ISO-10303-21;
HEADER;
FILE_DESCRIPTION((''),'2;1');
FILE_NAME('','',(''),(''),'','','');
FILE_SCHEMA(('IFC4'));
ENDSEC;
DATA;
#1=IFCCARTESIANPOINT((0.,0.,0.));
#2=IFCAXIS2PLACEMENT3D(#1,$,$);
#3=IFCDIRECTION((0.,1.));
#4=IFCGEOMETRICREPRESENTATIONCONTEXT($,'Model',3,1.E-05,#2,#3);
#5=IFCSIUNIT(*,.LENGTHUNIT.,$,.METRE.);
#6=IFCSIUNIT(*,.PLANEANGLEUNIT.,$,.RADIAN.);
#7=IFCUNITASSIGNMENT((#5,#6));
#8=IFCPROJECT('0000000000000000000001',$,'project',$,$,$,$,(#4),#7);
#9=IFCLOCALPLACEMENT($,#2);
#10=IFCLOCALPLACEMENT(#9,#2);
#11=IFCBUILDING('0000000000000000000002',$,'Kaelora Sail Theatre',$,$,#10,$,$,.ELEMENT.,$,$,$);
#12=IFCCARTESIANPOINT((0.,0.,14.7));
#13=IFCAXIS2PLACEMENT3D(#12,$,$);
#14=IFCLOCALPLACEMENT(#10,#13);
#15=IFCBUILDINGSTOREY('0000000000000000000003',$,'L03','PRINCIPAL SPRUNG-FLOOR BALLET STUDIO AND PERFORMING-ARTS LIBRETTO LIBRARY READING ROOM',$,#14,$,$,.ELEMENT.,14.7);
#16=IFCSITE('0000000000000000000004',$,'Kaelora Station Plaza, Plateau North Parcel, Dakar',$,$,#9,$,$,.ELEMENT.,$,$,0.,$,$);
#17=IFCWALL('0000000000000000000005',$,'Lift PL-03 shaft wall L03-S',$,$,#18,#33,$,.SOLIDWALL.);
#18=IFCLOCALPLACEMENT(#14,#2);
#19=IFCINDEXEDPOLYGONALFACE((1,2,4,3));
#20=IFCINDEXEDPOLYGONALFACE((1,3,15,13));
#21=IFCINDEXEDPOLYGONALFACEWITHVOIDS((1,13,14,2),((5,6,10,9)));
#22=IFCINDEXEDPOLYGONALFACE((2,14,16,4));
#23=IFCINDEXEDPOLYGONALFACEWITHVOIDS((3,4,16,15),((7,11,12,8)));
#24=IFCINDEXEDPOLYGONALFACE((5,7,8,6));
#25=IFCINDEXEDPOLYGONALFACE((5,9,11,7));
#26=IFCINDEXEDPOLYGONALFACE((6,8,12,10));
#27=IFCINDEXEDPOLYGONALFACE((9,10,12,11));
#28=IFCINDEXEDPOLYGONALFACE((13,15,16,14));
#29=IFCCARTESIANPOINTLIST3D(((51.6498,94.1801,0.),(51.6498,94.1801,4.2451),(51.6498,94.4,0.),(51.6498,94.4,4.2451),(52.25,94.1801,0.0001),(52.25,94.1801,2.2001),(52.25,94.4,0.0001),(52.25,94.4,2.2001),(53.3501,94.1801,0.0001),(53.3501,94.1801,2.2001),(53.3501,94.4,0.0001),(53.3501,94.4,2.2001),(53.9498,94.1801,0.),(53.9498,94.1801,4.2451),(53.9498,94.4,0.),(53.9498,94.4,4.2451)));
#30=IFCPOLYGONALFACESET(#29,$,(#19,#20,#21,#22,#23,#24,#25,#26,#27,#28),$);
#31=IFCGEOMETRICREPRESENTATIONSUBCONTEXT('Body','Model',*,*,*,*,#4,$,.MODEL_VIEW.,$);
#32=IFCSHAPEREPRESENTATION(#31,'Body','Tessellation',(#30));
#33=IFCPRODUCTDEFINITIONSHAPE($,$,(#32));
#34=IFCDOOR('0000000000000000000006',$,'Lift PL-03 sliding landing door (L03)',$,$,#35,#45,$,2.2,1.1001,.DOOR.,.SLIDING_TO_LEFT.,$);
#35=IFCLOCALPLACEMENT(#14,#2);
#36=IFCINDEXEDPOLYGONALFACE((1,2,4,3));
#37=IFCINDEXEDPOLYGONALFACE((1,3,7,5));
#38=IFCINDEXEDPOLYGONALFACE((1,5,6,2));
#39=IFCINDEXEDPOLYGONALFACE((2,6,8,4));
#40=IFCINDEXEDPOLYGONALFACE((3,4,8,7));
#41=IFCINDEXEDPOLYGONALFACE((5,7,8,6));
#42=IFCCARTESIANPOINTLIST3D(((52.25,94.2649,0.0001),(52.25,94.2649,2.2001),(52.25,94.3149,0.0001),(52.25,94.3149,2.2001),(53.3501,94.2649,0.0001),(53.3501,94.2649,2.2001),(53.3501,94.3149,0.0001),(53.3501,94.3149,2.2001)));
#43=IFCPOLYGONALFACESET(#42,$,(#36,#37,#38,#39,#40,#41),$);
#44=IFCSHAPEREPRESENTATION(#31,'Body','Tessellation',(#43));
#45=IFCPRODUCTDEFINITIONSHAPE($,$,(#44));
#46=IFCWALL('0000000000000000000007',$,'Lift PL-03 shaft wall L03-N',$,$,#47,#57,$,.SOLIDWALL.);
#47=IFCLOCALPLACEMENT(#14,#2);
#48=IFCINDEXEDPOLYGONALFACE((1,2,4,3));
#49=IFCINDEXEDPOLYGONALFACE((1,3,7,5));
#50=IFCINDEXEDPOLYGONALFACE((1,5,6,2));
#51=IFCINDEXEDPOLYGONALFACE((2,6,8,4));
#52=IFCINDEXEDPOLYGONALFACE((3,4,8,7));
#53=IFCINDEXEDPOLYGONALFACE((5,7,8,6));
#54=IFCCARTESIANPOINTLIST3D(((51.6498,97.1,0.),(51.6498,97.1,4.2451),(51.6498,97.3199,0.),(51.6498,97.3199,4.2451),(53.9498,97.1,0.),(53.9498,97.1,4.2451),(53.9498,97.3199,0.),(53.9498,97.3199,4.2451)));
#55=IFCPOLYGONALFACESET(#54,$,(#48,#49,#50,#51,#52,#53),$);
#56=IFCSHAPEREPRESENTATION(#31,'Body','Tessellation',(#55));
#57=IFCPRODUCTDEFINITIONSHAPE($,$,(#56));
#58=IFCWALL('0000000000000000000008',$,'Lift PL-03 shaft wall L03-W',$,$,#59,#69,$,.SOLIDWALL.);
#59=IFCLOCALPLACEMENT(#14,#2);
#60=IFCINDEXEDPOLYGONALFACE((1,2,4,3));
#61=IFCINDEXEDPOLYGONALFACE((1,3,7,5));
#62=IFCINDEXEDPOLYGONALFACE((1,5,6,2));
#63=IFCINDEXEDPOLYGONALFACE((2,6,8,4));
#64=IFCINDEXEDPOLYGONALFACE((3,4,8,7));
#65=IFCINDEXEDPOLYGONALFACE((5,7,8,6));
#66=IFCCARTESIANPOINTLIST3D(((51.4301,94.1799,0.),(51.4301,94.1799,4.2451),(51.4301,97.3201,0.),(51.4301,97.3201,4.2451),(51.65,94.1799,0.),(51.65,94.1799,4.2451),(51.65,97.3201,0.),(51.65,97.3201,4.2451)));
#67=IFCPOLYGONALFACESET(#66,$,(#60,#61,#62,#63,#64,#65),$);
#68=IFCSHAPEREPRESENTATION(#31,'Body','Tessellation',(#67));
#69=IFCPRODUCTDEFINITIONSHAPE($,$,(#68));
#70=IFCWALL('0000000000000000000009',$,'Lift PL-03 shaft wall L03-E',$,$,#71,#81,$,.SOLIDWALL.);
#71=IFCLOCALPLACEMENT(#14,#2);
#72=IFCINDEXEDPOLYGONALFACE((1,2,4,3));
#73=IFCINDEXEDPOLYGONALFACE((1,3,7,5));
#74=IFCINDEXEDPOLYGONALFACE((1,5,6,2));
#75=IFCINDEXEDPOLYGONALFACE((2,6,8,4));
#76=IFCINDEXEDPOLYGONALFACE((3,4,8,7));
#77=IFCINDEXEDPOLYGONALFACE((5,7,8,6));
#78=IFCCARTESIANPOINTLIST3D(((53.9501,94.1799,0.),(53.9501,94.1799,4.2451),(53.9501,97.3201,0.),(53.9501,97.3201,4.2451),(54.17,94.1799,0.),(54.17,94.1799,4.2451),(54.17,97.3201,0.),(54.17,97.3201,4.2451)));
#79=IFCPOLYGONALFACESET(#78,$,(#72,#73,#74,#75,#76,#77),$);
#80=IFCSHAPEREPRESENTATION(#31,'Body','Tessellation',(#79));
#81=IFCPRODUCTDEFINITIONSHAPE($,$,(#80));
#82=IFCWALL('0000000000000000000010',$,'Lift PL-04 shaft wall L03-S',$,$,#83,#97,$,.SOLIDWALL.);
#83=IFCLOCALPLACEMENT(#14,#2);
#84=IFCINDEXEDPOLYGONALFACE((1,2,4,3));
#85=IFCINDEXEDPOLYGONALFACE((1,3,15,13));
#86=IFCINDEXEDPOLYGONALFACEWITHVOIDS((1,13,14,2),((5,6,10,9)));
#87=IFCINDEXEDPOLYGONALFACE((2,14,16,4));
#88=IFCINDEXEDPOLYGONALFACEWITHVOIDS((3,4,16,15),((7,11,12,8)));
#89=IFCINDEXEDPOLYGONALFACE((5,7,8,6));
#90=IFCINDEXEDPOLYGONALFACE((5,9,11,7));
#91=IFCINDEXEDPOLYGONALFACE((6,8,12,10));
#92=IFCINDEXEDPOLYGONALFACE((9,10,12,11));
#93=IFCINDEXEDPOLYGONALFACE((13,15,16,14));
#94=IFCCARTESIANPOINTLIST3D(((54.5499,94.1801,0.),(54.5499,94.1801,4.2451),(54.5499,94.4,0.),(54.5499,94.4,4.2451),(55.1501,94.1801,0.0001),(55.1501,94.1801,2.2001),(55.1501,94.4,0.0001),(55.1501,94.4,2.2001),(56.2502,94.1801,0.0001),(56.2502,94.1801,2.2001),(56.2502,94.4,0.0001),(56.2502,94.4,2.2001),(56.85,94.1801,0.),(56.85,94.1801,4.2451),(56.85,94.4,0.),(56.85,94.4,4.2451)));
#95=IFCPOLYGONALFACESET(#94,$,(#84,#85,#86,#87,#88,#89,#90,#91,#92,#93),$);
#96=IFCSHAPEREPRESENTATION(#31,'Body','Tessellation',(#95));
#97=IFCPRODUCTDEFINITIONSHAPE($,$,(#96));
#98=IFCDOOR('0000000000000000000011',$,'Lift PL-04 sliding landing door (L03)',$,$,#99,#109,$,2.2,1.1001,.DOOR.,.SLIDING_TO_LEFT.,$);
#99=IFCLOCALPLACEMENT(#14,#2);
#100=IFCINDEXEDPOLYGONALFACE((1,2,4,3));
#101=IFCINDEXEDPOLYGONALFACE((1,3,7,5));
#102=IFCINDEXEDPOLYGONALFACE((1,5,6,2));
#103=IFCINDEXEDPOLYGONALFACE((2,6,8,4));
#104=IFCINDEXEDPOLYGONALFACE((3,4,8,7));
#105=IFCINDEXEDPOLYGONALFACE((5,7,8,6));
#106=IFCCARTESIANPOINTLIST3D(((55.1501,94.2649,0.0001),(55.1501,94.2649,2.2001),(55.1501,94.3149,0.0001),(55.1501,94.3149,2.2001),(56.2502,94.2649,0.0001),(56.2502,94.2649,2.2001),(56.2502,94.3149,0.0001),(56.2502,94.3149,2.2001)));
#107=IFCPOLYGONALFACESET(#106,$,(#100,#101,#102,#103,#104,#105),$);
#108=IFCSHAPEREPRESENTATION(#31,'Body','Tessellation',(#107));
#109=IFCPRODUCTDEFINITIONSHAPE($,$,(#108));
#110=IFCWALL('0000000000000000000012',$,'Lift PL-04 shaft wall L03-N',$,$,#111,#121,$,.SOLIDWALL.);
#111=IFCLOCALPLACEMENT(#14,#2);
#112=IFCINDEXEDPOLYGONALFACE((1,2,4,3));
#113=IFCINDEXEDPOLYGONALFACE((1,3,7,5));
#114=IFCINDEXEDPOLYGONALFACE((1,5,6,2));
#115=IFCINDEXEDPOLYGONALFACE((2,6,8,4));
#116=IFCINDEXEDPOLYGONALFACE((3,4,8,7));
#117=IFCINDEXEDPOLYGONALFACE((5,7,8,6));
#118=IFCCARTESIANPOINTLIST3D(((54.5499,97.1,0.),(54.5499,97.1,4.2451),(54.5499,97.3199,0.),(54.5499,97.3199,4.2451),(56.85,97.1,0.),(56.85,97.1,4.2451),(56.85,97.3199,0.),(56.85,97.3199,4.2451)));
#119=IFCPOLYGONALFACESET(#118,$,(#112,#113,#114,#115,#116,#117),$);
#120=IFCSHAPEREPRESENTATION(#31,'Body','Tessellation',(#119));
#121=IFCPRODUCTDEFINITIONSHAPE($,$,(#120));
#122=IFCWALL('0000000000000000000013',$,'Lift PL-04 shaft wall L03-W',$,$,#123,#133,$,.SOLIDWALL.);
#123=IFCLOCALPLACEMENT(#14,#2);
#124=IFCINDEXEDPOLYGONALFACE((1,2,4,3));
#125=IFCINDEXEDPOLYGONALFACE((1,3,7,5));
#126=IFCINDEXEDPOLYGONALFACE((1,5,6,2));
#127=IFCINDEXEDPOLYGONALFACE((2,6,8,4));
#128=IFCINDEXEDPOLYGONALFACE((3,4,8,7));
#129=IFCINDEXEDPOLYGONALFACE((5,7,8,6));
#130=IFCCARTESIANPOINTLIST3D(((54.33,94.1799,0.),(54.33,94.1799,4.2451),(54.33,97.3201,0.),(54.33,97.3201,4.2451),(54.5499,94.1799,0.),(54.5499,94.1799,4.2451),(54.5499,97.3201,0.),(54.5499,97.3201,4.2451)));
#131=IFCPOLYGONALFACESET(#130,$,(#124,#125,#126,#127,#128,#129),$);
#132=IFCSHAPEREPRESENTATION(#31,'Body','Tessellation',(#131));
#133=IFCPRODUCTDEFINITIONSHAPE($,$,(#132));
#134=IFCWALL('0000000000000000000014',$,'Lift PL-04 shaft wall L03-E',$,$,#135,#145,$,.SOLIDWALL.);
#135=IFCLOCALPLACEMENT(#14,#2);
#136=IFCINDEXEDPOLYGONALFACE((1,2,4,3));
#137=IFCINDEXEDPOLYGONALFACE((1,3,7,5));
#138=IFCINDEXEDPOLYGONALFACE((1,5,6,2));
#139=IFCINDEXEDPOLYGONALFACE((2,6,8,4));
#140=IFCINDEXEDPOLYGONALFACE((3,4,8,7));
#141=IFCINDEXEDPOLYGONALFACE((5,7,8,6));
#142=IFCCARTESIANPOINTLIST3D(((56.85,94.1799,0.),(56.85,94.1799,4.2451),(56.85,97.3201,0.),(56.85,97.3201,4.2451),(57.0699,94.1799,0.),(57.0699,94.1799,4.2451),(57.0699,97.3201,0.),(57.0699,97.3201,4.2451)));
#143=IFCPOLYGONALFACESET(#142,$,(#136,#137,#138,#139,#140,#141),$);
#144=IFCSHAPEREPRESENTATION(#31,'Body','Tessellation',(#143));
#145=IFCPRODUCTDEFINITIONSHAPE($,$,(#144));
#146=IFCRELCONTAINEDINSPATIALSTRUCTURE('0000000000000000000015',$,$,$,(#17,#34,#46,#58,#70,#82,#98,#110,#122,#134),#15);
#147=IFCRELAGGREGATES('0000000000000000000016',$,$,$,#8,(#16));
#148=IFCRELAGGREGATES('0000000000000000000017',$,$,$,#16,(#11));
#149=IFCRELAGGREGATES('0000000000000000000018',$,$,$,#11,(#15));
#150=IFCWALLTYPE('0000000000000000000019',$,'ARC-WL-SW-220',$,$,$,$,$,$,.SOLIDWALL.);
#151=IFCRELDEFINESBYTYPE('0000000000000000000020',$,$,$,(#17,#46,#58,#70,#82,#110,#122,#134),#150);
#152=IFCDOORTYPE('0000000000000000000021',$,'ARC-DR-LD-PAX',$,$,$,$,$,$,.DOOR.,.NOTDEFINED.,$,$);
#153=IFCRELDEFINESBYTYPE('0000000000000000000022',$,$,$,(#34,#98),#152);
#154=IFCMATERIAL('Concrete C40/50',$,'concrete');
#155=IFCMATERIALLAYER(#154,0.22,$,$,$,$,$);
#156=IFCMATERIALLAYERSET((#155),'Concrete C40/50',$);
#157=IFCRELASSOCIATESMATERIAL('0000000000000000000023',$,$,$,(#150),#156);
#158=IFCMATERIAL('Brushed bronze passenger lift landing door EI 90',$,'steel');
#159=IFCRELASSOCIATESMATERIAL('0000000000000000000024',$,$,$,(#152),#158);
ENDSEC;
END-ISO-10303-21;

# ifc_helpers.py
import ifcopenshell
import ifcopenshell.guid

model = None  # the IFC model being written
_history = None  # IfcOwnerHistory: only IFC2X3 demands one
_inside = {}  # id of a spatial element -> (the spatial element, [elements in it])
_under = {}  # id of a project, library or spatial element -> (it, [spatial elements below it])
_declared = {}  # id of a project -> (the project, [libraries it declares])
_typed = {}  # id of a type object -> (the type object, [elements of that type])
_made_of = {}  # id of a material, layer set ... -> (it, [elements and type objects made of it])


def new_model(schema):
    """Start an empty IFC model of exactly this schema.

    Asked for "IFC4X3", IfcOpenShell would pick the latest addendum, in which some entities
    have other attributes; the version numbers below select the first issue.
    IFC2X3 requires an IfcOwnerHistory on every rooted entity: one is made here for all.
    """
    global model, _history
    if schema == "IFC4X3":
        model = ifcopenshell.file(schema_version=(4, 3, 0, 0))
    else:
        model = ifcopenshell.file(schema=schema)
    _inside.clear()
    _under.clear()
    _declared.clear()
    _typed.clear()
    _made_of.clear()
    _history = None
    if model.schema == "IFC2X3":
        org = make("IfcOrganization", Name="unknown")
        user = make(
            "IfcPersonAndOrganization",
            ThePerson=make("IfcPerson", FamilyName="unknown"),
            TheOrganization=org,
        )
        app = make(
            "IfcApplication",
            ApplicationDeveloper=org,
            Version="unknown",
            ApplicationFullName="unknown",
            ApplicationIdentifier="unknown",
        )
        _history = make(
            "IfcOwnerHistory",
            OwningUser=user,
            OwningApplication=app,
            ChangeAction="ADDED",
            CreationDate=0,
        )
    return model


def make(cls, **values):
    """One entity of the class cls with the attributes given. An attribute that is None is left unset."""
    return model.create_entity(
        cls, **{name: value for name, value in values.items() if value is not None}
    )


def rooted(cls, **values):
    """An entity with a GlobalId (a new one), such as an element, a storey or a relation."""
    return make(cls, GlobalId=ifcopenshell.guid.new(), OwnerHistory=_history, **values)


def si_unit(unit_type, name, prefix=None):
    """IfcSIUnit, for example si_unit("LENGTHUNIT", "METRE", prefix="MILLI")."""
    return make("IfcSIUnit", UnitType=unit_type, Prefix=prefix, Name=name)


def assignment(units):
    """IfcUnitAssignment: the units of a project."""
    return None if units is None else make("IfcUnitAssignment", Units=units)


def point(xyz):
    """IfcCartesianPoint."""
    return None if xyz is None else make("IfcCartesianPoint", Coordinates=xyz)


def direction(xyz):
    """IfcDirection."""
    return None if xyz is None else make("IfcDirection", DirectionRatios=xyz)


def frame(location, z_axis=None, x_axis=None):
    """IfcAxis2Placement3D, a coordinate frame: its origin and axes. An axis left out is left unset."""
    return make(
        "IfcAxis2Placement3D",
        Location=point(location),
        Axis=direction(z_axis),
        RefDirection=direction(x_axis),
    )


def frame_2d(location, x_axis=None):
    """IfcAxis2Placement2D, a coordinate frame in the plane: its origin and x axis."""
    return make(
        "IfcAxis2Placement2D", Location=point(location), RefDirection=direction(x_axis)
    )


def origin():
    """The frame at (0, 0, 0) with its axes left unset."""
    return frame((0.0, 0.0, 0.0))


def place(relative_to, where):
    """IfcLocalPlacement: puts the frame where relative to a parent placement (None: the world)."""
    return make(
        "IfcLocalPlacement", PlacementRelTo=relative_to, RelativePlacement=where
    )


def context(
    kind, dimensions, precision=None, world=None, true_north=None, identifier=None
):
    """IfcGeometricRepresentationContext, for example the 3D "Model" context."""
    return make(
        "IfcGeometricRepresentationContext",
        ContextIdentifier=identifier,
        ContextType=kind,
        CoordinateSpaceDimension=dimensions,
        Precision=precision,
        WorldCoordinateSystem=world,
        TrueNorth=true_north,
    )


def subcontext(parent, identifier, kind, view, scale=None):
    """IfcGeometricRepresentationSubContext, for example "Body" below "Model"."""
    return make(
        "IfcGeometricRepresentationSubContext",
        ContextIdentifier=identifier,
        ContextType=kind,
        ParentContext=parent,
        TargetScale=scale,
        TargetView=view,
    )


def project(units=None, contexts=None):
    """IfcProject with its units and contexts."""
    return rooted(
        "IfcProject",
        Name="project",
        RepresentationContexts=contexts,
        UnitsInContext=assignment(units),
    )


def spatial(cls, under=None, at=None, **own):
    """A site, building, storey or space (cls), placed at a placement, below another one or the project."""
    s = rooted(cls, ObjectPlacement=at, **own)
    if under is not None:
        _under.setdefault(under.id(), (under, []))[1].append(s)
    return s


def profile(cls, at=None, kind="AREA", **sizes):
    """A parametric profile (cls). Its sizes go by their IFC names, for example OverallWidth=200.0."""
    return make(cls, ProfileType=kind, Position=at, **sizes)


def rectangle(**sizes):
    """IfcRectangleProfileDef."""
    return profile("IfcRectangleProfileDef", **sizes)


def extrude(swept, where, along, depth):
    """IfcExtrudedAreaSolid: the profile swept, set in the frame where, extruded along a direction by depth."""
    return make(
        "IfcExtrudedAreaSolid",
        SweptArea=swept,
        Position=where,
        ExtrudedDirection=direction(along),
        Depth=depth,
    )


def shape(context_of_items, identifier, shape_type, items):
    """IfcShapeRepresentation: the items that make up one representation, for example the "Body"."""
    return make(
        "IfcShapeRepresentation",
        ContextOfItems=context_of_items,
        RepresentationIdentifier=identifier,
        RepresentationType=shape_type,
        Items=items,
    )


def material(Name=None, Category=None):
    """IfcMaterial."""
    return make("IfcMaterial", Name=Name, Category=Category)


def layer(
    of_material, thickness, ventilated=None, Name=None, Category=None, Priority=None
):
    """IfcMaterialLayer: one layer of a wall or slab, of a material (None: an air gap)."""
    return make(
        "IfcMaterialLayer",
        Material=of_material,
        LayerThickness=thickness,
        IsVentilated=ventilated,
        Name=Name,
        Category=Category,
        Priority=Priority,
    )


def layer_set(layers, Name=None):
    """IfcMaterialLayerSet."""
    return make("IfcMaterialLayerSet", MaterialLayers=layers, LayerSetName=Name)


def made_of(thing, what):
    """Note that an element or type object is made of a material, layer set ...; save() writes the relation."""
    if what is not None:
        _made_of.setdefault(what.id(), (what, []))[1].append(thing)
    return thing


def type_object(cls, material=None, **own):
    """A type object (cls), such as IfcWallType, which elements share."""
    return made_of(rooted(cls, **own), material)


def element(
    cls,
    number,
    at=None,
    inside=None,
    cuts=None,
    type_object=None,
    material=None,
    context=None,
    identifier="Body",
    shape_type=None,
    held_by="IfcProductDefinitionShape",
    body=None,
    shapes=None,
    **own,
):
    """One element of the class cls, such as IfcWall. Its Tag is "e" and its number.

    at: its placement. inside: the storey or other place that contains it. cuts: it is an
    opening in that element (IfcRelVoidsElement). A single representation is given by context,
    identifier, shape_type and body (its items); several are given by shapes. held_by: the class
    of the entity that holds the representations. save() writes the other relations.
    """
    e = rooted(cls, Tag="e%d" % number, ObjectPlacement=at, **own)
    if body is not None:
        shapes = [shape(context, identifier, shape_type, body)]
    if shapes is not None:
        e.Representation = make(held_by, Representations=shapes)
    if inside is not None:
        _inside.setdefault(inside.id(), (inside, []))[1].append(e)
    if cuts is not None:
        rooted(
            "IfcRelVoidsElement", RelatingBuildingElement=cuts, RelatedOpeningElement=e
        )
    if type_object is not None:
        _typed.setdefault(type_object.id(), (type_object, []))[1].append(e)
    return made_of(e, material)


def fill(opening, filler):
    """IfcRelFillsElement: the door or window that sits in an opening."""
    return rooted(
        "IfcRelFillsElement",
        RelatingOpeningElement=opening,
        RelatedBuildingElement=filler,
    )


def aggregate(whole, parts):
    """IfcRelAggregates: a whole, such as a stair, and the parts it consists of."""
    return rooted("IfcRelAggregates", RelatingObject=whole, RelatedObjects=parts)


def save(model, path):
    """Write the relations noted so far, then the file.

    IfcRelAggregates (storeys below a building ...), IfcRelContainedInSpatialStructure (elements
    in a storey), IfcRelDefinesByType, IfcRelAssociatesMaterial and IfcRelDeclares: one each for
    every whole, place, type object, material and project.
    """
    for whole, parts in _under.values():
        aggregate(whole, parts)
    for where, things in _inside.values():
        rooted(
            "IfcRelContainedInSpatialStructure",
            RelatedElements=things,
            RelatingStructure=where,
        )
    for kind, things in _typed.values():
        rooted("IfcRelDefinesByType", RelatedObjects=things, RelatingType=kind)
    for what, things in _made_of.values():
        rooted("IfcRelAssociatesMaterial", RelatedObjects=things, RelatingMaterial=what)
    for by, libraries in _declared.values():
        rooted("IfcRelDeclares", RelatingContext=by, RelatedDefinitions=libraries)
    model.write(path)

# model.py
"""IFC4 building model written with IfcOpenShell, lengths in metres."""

from ifc_helpers import new_model, si_unit, direction, frame, frame_2d, origin, place, context, subcontext, project, spatial, rectangle, extrude, material, layer, layer_set, type_object, element, fill, save


model = new_model("IFC4")

# Units and contexts
model_context = context("Model", 3, precision=1e-05, world=origin(), true_north=direction((0.0, 1.0)))
body_context = subcontext(model_context, "Body", "Model", "MODEL_VIEW")
ifc_project = project(units=[si_unit("LENGTHUNIT", "METRE"), si_unit("PLANEANGLEUNIT", "RADIAN")], contexts=[model_context])

# Site, building, storey
site_placement = place(None, origin())
site = spatial("IfcSite", under=ifc_project, at=site_placement, Name="Kaelora Station Plaza, Plateau North Parcel, Dakar", CompositionType="ELEMENT", RefElevation=0.0)
building_placement = place(site_placement, origin())
building = spatial("IfcBuilding", under=site, at=building_placement, Name="Kaelora Sail Theatre", CompositionType="ELEMENT")
storey_placement = place(building_placement, frame((0.0, 0.0, 14.7)))
storey = spatial("IfcBuildingStorey", under=building, at=storey_placement, Name="L03", Description="PRINCIPAL SPRUNG-FLOOR BALLET STUDIO AND PERFORMING-ARTS LIBRETTO LIBRARY READING ROOM", CompositionType="ELEMENT", Elevation=14.7)

# Wall, opening, door
ifc_material_1 = material(Name="Concrete C40/50", Category="concrete")
ifc_layer_1 = layer(ifc_material_1, 0.22)
ifc_layer_set_1 = layer_set([ifc_layer_1], Name="Concrete C40/50")
wall_type_1 = type_object("IfcWallType", Name="ARC-WL-SW-220", PredefinedType="SOLIDWALL", material=ifc_layer_set_1)
wall_1_placement = place(storey_placement, frame((51.6499, 94.29, 0.0), z_axis=(0.0, 0.0, 1.0), x_axis=(1.0, 0.0, 0.0)))
wall_1 = element("IfcWall", 1, at=wall_1_placement, inside=storey, type_object=wall_type_1, Name="Lift PL-03 shaft wall L03-S", PredefinedType="SOLIDWALL", context=body_context, shape_type="SweptSolid", body=[
    extrude(rectangle(XDim=2.3, YDim=0.22, at=frame_2d((1.1499, 0.0))), origin(), (0.0, 0.0, 1.0), 4.2451),
])
opening_1_placement = place(wall_1_placement, frame((0.6001, 0.0, 0.0)))
opening_1 = element("IfcOpeningElement", 2, at=opening_1_placement, cuts=wall_1, PredefinedType="OPENING", context=body_context, shape_type="SweptSolid", body=[
    extrude(rectangle(XDim=1.1001, YDim=2.2, at=frame_2d((0.55, 1.1001))), frame((0.0, 0.1199, 0.0), z_axis=(0.0, -1.0, 0.0), x_axis=(1.0, 0.0, 0.0)), (0.0, 0.0, 1.0), 0.24),
])
ifc_material_2 = material(Name="Brushed bronze passenger lift landing door EI 90", Category="steel")
door_type_1 = type_object("IfcDoorType", Name="ARC-DR-LD-PAX", OperationType="NOTDEFINED", PredefinedType="DOOR", material=ifc_material_2)
door_1_placement = place(opening_1_placement, origin())
door_1 = element("IfcDoor", 3, at=door_1_placement, inside=storey, type_object=door_type_1, Name="Lift PL-03 sliding landing door (L03)", OperationType="SLIDING_TO_LEFT", OverallHeight=2.2, OverallWidth=1.1001, PredefinedType="DOOR", context=body_context, shape_type="SweptSolid", body=[
    extrude(rectangle(XDim=1.1001, YDim=2.2, at=frame_2d((0.55, 1.1001))), frame((0.0, 0.0249, 0.0), z_axis=(0.0, -1.0, 0.0), x_axis=(1.0, 0.0, 0.0)), (0.0, 0.0, 1.0), 0.05),
])
fill(opening_1, door_1)

# Walls
wall_2_placement = place(storey_placement, frame((51.6499, 97.21, 0.0), z_axis=(0.0, 0.0, 1.0), x_axis=(1.0, 0.0, 0.0)))
element("IfcWall", 4, at=wall_2_placement, inside=storey, type_object=wall_type_1, Name="Lift PL-03 shaft wall L03-N", PredefinedType="SOLIDWALL", context=body_context, shape_type="SweptSolid", body=[
    extrude(rectangle(XDim=2.3, YDim=0.22, at=frame_2d((1.1499, 0.0))), origin(), (0.0, 0.0, 1.0), 4.2451),
])
for number, where, z_axis, x_axis, name in (
    (5, (51.54, 94.1799, 0.0), (0.0, 0.0, 1.0), (0.0, 1.0, 0.0), "Lift PL-03 shaft wall L03-W"),
    (6, (54.0601, 94.1799, 0.0), (0.0, 0.0, 1.0), (0.0, 1.0, 0.0), "Lift PL-03 shaft wall L03-E"),
):
    element("IfcWall", number, at=place(storey_placement, frame(where, z_axis=z_axis, x_axis=x_axis)), inside=storey, type_object=wall_type_1, Name=name, PredefinedType="SOLIDWALL", context=body_context, shape_type="SweptSolid", body=[
        extrude(rectangle(XDim=3.1401, YDim=0.22, at=frame_2d((1.5701, 0.0))), origin(), (0.0, 0.0, 1.0), 4.2451),
    ])

# Wall, opening, door
wall_3_placement = place(storey_placement, frame((54.55, 94.29, 0.0), z_axis=(0.0, 0.0, 1.0), x_axis=(1.0, 0.0, 0.0)))
wall_3 = element("IfcWall", 7, at=wall_3_placement, inside=storey, type_object=wall_type_1, Name="Lift PL-04 shaft wall L03-S", PredefinedType="SOLIDWALL", context=body_context, shape_type="SweptSolid", body=[
    extrude(rectangle(XDim=2.3, YDim=0.22, at=frame_2d((1.1499, 0.0))), origin(), (0.0, 0.0, 1.0), 4.2451),
])
opening_2_placement = place(wall_3_placement, frame((0.6001, 0.0, 0.0)))
opening_2 = element("IfcOpeningElement", 8, at=opening_2_placement, cuts=wall_3, PredefinedType="OPENING", context=body_context, shape_type="SweptSolid", body=[
    extrude(rectangle(XDim=1.1001, YDim=2.2, at=frame_2d((0.55, 1.1001))), frame((0.0, 0.1199, 0.0), z_axis=(0.0, -1.0, 0.0), x_axis=(1.0, 0.0, 0.0)), (0.0, 0.0, 1.0), 0.24),
])
door_2_placement = place(opening_2_placement, origin())
door_2 = element("IfcDoor", 9, at=door_2_placement, inside=storey, type_object=door_type_1, Name="Lift PL-04 sliding landing door (L03)", OperationType="SLIDING_TO_LEFT", OverallHeight=2.2, OverallWidth=1.1001, PredefinedType="DOOR", context=body_context, shape_type="SweptSolid", body=[
    extrude(rectangle(XDim=1.1001, YDim=2.2, at=frame_2d((0.55, 1.1001))), frame((0.0, 0.0249, 0.0), z_axis=(0.0, -1.0, 0.0), x_axis=(1.0, 0.0, 0.0)), (0.0, 0.0, 1.0), 0.05),
])
fill(opening_2, door_2)

# Walls
wall_4_placement = place(storey_placement, frame((54.55, 97.21, 0.0), z_axis=(0.0, 0.0, 1.0), x_axis=(1.0, 0.0, 0.0)))
element("IfcWall", 10, at=wall_4_placement, inside=storey, type_object=wall_type_1, Name="Lift PL-04 shaft wall L03-N", PredefinedType="SOLIDWALL", context=body_context, shape_type="SweptSolid", body=[
    extrude(rectangle(XDim=2.3, YDim=0.22, at=frame_2d((1.1499, 0.0))), origin(), (0.0, 0.0, 1.0), 4.2451),
])
for number, where, z_axis, x_axis, name in (
    (11, (54.4399, 94.1799, 0.0), (0.0, 0.0, 1.0), (0.0, 1.0, 0.0), "Lift PL-04 shaft wall L03-W"),
    (12, (56.96, 94.1799, 0.0), (0.0, 0.0, 1.0), (0.0, 1.0, 0.0), "Lift PL-04 shaft wall L03-E"),
):
    element("IfcWall", number, at=place(storey_placement, frame(where, z_axis=z_axis, x_axis=x_axis)), inside=storey, type_object=wall_type_1, Name=name, PredefinedType="SOLIDWALL", context=body_context, shape_type="SweptSolid", body=[
        extrude(rectangle(XDim=3.1401, YDim=0.22, at=frame_2d((1.5701, 0.0))), origin(), (0.0, 0.0, 1.0), 4.2451),
    ])

save(model, "model.ifc")
